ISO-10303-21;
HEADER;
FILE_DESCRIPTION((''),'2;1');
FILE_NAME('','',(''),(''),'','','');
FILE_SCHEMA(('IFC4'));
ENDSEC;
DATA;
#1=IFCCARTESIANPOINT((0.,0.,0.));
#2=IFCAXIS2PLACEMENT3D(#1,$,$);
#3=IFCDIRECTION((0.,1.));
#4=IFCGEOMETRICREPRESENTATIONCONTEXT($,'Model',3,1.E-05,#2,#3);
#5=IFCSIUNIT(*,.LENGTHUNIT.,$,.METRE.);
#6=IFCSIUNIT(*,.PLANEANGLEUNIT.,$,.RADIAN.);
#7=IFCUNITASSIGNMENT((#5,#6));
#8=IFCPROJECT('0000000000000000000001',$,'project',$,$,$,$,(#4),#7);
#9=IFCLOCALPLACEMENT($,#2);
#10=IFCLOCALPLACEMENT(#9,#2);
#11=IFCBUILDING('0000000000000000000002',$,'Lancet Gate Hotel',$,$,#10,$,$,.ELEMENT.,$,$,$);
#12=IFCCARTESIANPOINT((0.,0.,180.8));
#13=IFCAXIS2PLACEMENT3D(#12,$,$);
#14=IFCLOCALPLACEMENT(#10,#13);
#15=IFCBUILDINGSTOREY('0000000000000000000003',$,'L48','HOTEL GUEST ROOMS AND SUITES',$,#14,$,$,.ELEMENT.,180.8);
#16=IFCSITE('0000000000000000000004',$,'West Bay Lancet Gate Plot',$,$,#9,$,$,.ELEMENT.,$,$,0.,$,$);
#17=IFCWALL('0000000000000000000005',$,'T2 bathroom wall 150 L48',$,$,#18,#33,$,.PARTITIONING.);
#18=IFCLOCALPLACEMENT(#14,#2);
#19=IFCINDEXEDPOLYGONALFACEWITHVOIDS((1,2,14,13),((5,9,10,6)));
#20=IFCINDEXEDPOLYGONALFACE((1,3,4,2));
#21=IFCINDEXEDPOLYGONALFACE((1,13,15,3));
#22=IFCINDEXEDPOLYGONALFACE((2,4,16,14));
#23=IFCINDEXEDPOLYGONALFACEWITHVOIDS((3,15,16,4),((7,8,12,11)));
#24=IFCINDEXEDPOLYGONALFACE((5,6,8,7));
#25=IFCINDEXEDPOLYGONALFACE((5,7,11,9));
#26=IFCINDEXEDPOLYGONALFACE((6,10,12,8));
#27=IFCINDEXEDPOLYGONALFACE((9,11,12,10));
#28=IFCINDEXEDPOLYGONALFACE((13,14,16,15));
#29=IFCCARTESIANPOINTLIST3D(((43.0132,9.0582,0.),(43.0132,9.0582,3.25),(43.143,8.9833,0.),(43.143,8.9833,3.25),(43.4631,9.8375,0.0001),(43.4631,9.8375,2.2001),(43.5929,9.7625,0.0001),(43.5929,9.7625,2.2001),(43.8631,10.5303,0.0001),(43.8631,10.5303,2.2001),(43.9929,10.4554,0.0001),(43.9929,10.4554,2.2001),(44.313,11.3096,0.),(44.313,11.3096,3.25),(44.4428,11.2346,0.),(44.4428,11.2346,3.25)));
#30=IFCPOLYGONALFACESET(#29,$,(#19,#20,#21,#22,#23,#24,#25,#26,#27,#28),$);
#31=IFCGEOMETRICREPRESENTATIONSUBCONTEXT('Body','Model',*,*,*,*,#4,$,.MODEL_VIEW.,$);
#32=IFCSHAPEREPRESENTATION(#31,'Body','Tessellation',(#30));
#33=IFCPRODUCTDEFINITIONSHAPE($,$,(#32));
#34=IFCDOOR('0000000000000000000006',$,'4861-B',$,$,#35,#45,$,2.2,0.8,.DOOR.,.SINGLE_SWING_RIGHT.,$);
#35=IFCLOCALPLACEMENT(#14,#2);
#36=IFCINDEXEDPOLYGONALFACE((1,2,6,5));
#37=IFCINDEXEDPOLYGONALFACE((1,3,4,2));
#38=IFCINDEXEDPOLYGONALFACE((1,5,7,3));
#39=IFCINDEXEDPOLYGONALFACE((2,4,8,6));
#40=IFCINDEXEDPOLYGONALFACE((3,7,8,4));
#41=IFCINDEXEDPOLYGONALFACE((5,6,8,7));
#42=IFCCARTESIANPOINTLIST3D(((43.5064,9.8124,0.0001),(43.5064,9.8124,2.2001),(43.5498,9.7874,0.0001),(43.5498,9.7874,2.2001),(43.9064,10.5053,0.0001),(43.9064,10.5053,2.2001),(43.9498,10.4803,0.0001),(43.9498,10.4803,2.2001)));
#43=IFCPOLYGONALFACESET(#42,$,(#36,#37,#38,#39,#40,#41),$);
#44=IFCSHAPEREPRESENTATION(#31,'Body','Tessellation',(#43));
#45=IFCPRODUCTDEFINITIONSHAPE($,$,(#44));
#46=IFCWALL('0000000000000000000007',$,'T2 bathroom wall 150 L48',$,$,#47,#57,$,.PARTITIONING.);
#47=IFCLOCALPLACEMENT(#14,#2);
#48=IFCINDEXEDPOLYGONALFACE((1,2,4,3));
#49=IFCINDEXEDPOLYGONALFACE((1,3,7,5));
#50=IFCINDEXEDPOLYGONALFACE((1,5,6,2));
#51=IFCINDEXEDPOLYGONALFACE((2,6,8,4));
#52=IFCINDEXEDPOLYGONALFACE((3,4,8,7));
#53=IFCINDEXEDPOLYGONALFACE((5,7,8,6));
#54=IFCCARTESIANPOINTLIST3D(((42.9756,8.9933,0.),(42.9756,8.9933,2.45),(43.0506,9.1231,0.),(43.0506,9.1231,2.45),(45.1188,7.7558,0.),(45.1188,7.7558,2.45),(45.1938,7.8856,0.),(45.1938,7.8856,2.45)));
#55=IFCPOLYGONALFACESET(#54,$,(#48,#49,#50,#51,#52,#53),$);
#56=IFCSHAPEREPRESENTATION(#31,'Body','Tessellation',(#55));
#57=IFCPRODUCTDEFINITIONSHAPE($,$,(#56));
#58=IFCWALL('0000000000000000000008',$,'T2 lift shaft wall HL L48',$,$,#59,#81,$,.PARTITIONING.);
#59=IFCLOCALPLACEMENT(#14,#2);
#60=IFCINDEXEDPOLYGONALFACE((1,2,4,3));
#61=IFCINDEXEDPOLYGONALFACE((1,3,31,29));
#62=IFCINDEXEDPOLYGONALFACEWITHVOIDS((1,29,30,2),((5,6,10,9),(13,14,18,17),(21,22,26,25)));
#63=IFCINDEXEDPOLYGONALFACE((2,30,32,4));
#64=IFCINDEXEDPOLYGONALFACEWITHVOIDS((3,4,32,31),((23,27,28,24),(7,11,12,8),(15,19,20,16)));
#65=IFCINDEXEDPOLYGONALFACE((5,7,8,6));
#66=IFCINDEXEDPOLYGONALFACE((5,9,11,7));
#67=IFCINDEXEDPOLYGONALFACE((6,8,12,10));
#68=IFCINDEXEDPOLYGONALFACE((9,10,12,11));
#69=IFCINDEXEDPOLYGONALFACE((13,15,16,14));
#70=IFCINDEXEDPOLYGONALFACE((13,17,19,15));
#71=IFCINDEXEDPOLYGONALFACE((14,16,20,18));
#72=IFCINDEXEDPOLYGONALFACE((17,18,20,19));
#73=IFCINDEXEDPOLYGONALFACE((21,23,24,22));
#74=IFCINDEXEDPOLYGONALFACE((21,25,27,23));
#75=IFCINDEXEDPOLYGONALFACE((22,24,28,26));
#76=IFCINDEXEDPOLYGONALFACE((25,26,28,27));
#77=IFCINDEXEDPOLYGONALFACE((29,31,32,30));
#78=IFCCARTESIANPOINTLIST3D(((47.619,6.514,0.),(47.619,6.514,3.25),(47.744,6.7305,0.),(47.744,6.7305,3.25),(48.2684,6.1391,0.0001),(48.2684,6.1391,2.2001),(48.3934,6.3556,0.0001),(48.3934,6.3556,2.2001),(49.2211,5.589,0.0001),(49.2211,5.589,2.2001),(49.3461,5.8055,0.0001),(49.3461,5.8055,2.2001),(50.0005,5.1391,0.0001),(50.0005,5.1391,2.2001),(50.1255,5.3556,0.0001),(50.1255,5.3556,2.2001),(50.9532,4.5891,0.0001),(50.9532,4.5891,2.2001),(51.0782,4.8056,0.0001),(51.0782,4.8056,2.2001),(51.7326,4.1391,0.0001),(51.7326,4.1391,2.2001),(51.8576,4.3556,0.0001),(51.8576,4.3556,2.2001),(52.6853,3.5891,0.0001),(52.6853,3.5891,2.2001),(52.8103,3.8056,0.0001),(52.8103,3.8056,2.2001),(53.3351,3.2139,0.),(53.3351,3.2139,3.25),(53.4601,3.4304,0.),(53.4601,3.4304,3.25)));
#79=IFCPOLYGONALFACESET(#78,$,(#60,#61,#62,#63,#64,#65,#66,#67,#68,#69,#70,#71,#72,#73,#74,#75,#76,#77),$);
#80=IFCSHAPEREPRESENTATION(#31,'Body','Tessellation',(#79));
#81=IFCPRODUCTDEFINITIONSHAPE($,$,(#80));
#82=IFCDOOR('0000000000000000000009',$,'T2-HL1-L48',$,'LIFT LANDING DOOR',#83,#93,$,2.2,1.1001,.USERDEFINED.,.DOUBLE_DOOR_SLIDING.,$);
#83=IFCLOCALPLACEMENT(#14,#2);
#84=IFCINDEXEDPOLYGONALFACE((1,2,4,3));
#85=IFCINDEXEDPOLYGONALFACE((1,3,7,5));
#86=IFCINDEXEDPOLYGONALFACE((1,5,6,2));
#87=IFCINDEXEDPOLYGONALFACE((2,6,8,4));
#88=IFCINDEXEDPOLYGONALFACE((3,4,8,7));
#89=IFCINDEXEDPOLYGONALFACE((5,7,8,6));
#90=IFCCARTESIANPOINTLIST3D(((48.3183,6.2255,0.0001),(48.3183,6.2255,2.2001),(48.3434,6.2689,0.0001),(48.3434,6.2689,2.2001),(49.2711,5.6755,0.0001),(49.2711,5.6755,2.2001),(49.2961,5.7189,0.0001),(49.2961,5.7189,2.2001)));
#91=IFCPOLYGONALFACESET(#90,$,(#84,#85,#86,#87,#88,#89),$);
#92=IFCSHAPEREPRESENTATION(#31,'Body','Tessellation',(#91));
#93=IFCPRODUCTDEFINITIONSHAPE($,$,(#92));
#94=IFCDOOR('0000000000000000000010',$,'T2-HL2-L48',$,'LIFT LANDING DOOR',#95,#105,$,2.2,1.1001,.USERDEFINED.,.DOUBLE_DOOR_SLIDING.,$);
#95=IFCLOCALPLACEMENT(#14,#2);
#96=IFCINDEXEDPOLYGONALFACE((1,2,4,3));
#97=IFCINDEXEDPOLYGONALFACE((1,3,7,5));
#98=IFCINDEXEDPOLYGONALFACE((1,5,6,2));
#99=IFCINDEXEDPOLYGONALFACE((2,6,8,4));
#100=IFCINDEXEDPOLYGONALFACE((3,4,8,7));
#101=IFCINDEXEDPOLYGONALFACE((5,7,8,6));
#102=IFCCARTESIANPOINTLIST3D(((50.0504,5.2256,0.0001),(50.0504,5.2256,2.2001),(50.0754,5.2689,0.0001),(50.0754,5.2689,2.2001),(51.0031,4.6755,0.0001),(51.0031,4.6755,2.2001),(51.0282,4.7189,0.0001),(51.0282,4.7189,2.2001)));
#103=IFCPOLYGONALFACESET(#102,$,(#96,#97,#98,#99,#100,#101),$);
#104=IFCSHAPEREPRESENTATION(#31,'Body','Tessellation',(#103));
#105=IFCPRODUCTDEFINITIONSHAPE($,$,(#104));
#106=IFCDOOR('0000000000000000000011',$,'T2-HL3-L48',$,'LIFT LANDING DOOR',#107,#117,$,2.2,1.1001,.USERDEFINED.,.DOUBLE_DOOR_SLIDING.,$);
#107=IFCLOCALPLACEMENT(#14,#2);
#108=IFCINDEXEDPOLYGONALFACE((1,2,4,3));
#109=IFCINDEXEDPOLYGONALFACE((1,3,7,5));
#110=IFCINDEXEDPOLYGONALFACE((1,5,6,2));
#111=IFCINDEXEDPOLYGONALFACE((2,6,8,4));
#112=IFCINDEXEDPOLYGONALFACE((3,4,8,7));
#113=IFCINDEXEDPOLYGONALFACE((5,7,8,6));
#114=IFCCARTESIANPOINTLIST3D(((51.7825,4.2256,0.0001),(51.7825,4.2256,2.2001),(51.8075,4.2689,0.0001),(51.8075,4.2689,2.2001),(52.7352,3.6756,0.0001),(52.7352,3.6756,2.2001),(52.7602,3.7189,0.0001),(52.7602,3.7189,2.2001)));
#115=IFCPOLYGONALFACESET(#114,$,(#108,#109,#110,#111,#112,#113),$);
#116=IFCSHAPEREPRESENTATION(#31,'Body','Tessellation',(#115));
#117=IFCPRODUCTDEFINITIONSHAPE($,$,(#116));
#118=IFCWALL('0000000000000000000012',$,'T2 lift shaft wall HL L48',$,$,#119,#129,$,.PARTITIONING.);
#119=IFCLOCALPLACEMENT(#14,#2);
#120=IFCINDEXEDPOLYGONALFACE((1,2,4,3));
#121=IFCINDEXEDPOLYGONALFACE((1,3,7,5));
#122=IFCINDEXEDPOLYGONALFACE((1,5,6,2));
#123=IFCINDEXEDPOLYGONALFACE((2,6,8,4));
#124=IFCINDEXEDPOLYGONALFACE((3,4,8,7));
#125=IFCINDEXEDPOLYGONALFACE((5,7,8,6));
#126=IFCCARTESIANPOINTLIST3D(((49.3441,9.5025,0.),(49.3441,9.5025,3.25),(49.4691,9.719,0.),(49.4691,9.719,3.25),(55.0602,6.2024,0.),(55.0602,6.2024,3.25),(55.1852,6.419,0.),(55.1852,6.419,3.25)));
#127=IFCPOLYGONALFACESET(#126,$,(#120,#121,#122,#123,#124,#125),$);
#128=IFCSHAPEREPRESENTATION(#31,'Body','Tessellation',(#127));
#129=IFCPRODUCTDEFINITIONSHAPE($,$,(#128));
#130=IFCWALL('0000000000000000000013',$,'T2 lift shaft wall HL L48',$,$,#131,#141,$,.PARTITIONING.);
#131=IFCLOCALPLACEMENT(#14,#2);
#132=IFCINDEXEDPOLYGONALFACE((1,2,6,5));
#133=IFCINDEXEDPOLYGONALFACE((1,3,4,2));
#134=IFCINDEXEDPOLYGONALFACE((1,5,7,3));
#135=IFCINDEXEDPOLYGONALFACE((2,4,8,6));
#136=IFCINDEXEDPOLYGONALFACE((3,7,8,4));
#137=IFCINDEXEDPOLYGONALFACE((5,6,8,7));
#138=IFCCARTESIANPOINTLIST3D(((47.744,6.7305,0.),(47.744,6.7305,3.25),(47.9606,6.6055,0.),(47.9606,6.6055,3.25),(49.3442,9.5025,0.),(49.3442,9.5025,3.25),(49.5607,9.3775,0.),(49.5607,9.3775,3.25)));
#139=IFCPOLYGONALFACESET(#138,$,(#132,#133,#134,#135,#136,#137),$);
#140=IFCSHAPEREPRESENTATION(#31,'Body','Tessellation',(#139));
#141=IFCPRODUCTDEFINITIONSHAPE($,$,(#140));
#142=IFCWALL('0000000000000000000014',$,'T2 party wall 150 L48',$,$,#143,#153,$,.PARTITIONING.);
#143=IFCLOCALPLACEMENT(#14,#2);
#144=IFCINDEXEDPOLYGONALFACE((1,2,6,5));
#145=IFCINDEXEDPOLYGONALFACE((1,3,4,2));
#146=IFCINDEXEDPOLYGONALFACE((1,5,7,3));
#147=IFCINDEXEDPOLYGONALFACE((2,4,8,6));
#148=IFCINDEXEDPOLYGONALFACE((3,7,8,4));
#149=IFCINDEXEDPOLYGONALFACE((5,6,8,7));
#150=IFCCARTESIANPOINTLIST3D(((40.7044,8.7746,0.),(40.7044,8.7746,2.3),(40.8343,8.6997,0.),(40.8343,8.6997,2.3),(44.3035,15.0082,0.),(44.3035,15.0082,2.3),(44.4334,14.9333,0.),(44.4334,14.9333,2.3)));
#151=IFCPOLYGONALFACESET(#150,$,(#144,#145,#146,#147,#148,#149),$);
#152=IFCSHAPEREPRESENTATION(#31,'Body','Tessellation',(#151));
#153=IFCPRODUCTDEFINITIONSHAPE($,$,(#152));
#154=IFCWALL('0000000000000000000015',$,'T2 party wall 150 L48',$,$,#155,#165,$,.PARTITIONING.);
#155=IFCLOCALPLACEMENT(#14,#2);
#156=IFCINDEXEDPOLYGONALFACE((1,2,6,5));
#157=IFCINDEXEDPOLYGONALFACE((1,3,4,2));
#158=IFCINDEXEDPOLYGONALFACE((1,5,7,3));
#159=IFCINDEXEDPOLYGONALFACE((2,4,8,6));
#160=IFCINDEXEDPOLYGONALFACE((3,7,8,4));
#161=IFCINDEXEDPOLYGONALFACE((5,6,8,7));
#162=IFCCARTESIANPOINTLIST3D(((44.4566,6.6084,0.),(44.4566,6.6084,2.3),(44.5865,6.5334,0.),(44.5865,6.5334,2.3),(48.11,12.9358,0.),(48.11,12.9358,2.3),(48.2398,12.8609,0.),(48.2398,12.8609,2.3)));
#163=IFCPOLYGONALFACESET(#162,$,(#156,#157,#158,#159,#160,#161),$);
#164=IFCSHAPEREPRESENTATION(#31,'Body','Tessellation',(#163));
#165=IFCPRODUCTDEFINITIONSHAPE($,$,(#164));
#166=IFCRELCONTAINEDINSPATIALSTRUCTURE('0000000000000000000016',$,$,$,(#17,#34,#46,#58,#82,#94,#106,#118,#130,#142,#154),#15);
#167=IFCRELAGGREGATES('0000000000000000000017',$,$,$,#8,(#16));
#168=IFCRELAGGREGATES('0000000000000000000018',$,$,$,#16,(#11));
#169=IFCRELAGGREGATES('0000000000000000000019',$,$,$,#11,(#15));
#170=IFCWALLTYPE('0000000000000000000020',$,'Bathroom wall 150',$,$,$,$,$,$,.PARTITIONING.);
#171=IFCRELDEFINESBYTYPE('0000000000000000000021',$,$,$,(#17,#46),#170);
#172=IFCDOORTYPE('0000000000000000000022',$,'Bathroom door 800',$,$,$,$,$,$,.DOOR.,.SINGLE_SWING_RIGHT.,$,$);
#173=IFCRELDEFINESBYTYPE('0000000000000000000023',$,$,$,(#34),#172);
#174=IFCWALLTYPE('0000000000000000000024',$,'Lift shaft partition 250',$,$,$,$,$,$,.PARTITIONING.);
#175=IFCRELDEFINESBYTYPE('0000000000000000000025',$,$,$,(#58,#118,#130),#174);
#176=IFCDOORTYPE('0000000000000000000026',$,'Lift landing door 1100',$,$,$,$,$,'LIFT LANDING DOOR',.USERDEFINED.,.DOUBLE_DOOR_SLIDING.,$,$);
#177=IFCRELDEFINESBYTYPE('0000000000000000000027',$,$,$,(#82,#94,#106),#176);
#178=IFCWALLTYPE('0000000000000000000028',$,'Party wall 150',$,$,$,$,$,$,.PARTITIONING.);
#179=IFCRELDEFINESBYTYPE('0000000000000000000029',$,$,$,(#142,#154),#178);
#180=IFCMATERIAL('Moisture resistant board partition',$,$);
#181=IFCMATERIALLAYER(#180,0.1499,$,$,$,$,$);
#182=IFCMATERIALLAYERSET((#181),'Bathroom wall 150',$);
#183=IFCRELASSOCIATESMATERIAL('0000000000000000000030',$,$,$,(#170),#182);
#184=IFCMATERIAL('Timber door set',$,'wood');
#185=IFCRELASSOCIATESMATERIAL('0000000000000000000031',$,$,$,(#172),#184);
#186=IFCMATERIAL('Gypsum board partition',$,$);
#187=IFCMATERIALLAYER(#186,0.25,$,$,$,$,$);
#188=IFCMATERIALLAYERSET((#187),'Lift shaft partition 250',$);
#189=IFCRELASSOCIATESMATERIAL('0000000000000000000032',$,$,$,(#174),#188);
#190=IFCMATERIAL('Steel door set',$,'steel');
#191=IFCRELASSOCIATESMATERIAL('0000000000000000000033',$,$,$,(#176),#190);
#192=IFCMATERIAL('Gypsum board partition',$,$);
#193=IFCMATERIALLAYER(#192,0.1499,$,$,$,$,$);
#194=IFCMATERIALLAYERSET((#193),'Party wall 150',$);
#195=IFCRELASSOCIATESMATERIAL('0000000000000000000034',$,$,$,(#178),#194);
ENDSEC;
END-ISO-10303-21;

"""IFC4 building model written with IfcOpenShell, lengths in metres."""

from ifc_helpers import new_model, si_unit, direction, frame, frame_2d, origin, place, context, subcontext, project, spatial, rectangle, extrude, material, layer, layer_set, type_object, element, fill, save


model = new_model("IFC4")

# Units and contexts
model_context = context("Model", 3, precision=1e-05, world=origin(), true_north=direction((0.0, 1.0)))
body_context = subcontext(model_context, "Body", "Model", "MODEL_VIEW")
ifc_project = project(units=[si_unit("LENGTHUNIT", "METRE"), si_unit("PLANEANGLEUNIT", "RADIAN")], contexts=[model_context])

# Site, building, storey
site_placement = place(None, origin())
site = spatial("IfcSite", under=ifc_project, at=site_placement, Name="West Bay Lancet Gate Plot", CompositionType="ELEMENT", RefElevation=0.0)
building_placement = place(site_placement, origin())
building = spatial("IfcBuilding", under=site, at=building_placement, Name="Lancet Gate Hotel", CompositionType="ELEMENT")
storey_placement = place(building_placement, frame((0.0, 0.0, 180.8)))
storey = spatial("IfcBuildingStorey", under=building, at=storey_placement, Name="L48", Description="HOTEL GUEST ROOMS AND SUITES", CompositionType="ELEMENT", Elevation=180.8)

# Shared definitions
ifc_material_1 = material(Name="Moisture resistant board partition")
ifc_layer_1 = layer(ifc_material_1, 0.1499)
ifc_layer_set_1 = layer_set([ifc_layer_1], Name="Bathroom wall 150")
wall_type_1 = type_object("IfcWallType", Name="Bathroom wall 150", PredefinedType="PARTITIONING", material=ifc_layer_set_1)

# Wall, opening, door
wall_1_placement = place(storey_placement, frame((43.0781, 9.0208, 0.0), z_axis=(0.0, 0.0, 1.0), x_axis=(0.499977, 0.866039, 0.0)))
wall_1 = element("IfcWall", 1, at=wall_1_placement, inside=storey, type_object=wall_type_1, Name="T2 bathroom wall 150 L48", PredefinedType="PARTITIONING", context=body_context, shape_type="SweptSolid", body=[
    extrude(rectangle(XDim=2.5996, YDim=0.1499, at=frame_2d((1.2998, 0.0))), origin(), (0.0, 0.0, 1.0), 3.25),
])
opening_1_placement = place(wall_1_placement, frame((0.8999, 0.0, 0.0)))
opening_1 = element("IfcOpeningElement", 2, at=opening_1_placement, cuts=wall_1, PredefinedType="OPENING", context=body_context, shape_type="SweptSolid", body=[
    extrude(rectangle(XDim=0.8, YDim=2.2, at=frame_2d((0.3999, 1.1001))), frame((0.0, 0.085, 0.0), z_axis=(0.0, -1.0, 0.0), x_axis=(1.0, 0.0, 0.0)), (0.0, 0.0, 1.0), 0.1699),
])
ifc_material_2 = material(Name="Timber door set", Category="wood")
door_type_1 = type_object("IfcDoorType", Name="Bathroom door 800", OperationType="SINGLE_SWING_RIGHT", PredefinedType="DOOR", material=ifc_material_2)
door_1_placement = place(opening_1_placement, origin())
door_1 = element("IfcDoor", 3, at=door_1_placement, inside=storey, type_object=door_type_1, Name="4861-B", OperationType="SINGLE_SWING_RIGHT", OverallHeight=2.2, OverallWidth=0.8, PredefinedType="DOOR", context=body_context, shape_type="SweptSolid", body=[
    extrude(rectangle(XDim=0.8, YDim=2.2, at=frame_2d((0.3999, 1.1001))), frame((0.0, 0.0249, 0.0), z_axis=(0.0, -1.0, 0.0), x_axis=(1.0, 0.0, 0.0)), (0.0, 0.0, 1.0), 0.05),
])
fill(opening_1, door_1)

# Wall
wall_2_placement = place(storey_placement, frame((43.0132, 9.0581, 0.0), z_axis=(0.0, 0.0, 1.0), x_axis=(0.866007, -0.500033, 0.0)))
element("IfcWall", 4, at=wall_2_placement, inside=storey, type_object=wall_type_1, Name="T2 bathroom wall 150 L48", PredefinedType="PARTITIONING", context=body_context, shape_type="SweptSolid", body=[
    extrude(rectangle(XDim=2.4749, YDim=0.1499, at=frame_2d((1.2373, 0.0))), origin(), (0.0, 0.0, 1.0), 2.45),
])

# Wall, openings, doors
ifc_material_3 = material(Name="Gypsum board partition")
ifc_layer_2 = layer(ifc_material_3, 0.25)
ifc_layer_set_2 = layer_set([ifc_layer_2], Name="Lift shaft partition 250")
wall_type_2 = type_object("IfcWallType", Name="Lift shaft partition 250", PredefinedType="PARTITIONING", material=ifc_layer_set_2)
wall_3_placement = place(storey_placement, frame((47.6814, 6.6223, 0.0), z_axis=(0.0, 0.0, 1.0), x_axis=(0.866033, -0.499986, 0.0)))
wall_3 = element("IfcWall", 5, at=wall_3_placement, inside=storey, type_object=wall_type_2, Name="T2 lift shaft wall HL L48", PredefinedType="PARTITIONING", context=body_context, shape_type="SweptSolid", body=[
    extrude(rectangle(XDim=6.6003, YDim=0.25, at=frame_2d((3.3003, 0.0))), origin(), (0.0, 0.0, 1.0), 3.25),
])
opening_2_placement = place(wall_3_placement, frame((0.75, 0.0, 0.0)))
opening_2 = element("IfcOpeningElement", 6, at=opening_2_placement, cuts=wall_3, PredefinedType="OPENING", context=body_context, shape_type="SweptSolid", body=[
    extrude(rectangle(XDim=1.1001, YDim=2.2, at=frame_2d((0.55, 1.1001))), frame((0.0, 0.135, 0.0), z_axis=(0.0, -1.0, 0.0), x_axis=(1.0, 0.0, 0.0)), (0.0, 0.0, 1.0), 0.27),
])
opening_3_placement = place(wall_3_placement, frame((2.75, 0.0, 0.0)))
opening_3 = element("IfcOpeningElement", 7, at=opening_3_placement, cuts=wall_3, PredefinedType="OPENING", context=body_context, shape_type="SweptSolid", body=[
    extrude(rectangle(XDim=1.1001, YDim=2.2, at=frame_2d((0.55, 1.1001))), frame((0.0, 0.135, 0.0), z_axis=(0.0, -1.0, 0.0), x_axis=(1.0, 0.0, 0.0)), (0.0, 0.0, 1.0), 0.27),
])
opening_4_placement = place(wall_3_placement, frame((4.75, 0.0, 0.0)))
opening_4 = element("IfcOpeningElement", 8, at=opening_4_placement, cuts=wall_3, PredefinedType="OPENING", context=body_context, shape_type="SweptSolid", body=[
    extrude(rectangle(XDim=1.1001, YDim=2.2, at=frame_2d((0.55, 1.1001))), frame((0.0, 0.135, 0.0), z_axis=(0.0, -1.0, 0.0), x_axis=(1.0, 0.0, 0.0)), (0.0, 0.0, 1.0), 0.27),
])
ifc_material_4 = material(Name="Steel door set", Category="steel")
door_type_2 = type_object("IfcDoorType", Name="Lift landing door 1100", ElementType="LIFT LANDING DOOR", OperationType="DOUBLE_DOOR_SLIDING", PredefinedType="USERDEFINED", material=ifc_material_4)
door_2_placement = place(opening_2_placement, origin())
door_2 = element("IfcDoor", 9, at=door_2_placement, inside=storey, type_object=door_type_2, Name="T2-HL1-L48", ObjectType="LIFT LANDING DOOR", OperationType="DOUBLE_DOOR_SLIDING", OverallHeight=2.2, OverallWidth=1.1001, PredefinedType="USERDEFINED", context=body_context, shape_type="SweptSolid", body=[
    extrude(rectangle(XDim=1.1001, YDim=2.2, at=frame_2d((0.55, 1.1001))), frame((0.0, 0.0249, 0.0), z_axis=(0.0, -1.0, 0.0), x_axis=(1.0, 0.0, 0.0)), (0.0, 0.0, 1.0), 0.05),
])
fill(opening_2, door_2)
door_3_placement = place(opening_3_placement, origin())
door_3 = element("IfcDoor", 10, at=door_3_placement, inside=storey, type_object=door_type_2, Name="T2-HL2-L48", ObjectType="LIFT LANDING DOOR", OperationType="DOUBLE_DOOR_SLIDING", OverallHeight=2.2, OverallWidth=1.1001, PredefinedType="USERDEFINED", context=body_context, shape_type="SweptSolid", body=[
    extrude(rectangle(XDim=1.1001, YDim=2.2, at=frame_2d((0.55, 1.1001))), frame((0.0, 0.0249, 0.0), z_axis=(0.0, -1.0, 0.0), x_axis=(1.0, 0.0, 0.0)), (0.0, 0.0, 1.0), 0.05),
])
fill(opening_3, door_3)
door_4_placement = place(opening_4_placement, origin())
door_4 = element("IfcDoor", 11, at=door_4_placement, inside=storey, type_object=door_type_2, Name="T2-HL3-L48", ObjectType="LIFT LANDING DOOR", OperationType="DOUBLE_DOOR_SLIDING", OverallHeight=2.2, OverallWidth=1.1001, PredefinedType="USERDEFINED", context=body_context, shape_type="SweptSolid", body=[
    extrude(rectangle(XDim=1.1001, YDim=2.2, at=frame_2d((0.55, 1.1001))), frame((0.0, 0.0249, 0.0), z_axis=(0.0, -1.0, 0.0), x_axis=(1.0, 0.0, 0.0)), (0.0, 0.0, 1.0), 0.05),
])
fill(opening_4, door_4)

# Walls
wall_4_placement = place(storey_placement, frame((49.4065, 9.6108, 0.0), z_axis=(0.0, 0.0, 1.0), x_axis=(0.866033, -0.499986, 0.0)))
element("IfcWall", 12, at=wall_4_placement, inside=storey, type_object=wall_type_2, Name="T2 lift shaft wall HL L48", PredefinedType="PARTITIONING", context=body_context, shape_type="SweptSolid", body=[
    extrude(rectangle(XDim=6.6003, YDim=0.25, at=frame_2d((3.3003, 0.0))), origin(), (0.0, 0.0, 1.0), 3.25),
])
wall_5_placement = place(storey_placement, frame((47.8523, 6.668, 0.0), z_axis=(0.0, 0.0, 1.0), x_axis=(0.499929, 0.866066, 0.0)))
element("IfcWall", 13, at=wall_5_placement, inside=storey, type_object=wall_type_2, Name="T2 lift shaft wall HL L48", PredefinedType="PARTITIONING", context=body_context, shape_type="SweptSolid", body=[
    extrude(rectangle(XDim=3.2007, YDim=0.25, at=frame_2d((1.6003, 0.0))), origin(), (0.0, 0.0, 1.0), 3.25),
])
ifc_material_5 = material(Name="Gypsum board partition")
ifc_layer_3 = layer(ifc_material_5, 0.1499)
ifc_layer_set_3 = layer_set([ifc_layer_3], Name="Party wall 150")
wall_type_3 = type_object("IfcWallType", Name="Party wall 150", PredefinedType="PARTITIONING", material=ifc_layer_set_3)
wall_6_placement = place(storey_placement, frame((40.7693, 8.7371, 0.0), z_axis=(0.0, 0.0, 1.0), x_axis=(0.500013, 0.866018, 0.0)))
element("IfcWall", 14, at=wall_6_placement, inside=storey, type_object=wall_type_3, Name="T2 party wall 150 L48", PredefinedType="PARTITIONING", context=body_context, shape_type="SweptSolid", body=[
    extrude(rectangle(XDim=7.198, YDim=0.1499, at=frame_2d((3.5991, 0.0))), origin(), (0.0, 0.0, 1.0), 2.3),
])
wall_7_placement = place(storey_placement, frame((44.5215, 6.5708, 0.0), z_axis=(0.0, 0.0, 1.0), x_axis=(0.50002, 0.866014, 0.0)))
element("IfcWall", 15, at=wall_7_placement, inside=storey, type_object=wall_type_3, Name="T2 party wall 150 L48", PredefinedType="PARTITIONING", context=body_context, shape_type="SweptSolid", body=[
    extrude(rectangle(XDim=7.3064, YDim=0.1499, at=frame_2d((3.6533, 0.0))), origin(), (0.0, 0.0, 1.0), 2.3),
])

save(model, "model.ifc")
